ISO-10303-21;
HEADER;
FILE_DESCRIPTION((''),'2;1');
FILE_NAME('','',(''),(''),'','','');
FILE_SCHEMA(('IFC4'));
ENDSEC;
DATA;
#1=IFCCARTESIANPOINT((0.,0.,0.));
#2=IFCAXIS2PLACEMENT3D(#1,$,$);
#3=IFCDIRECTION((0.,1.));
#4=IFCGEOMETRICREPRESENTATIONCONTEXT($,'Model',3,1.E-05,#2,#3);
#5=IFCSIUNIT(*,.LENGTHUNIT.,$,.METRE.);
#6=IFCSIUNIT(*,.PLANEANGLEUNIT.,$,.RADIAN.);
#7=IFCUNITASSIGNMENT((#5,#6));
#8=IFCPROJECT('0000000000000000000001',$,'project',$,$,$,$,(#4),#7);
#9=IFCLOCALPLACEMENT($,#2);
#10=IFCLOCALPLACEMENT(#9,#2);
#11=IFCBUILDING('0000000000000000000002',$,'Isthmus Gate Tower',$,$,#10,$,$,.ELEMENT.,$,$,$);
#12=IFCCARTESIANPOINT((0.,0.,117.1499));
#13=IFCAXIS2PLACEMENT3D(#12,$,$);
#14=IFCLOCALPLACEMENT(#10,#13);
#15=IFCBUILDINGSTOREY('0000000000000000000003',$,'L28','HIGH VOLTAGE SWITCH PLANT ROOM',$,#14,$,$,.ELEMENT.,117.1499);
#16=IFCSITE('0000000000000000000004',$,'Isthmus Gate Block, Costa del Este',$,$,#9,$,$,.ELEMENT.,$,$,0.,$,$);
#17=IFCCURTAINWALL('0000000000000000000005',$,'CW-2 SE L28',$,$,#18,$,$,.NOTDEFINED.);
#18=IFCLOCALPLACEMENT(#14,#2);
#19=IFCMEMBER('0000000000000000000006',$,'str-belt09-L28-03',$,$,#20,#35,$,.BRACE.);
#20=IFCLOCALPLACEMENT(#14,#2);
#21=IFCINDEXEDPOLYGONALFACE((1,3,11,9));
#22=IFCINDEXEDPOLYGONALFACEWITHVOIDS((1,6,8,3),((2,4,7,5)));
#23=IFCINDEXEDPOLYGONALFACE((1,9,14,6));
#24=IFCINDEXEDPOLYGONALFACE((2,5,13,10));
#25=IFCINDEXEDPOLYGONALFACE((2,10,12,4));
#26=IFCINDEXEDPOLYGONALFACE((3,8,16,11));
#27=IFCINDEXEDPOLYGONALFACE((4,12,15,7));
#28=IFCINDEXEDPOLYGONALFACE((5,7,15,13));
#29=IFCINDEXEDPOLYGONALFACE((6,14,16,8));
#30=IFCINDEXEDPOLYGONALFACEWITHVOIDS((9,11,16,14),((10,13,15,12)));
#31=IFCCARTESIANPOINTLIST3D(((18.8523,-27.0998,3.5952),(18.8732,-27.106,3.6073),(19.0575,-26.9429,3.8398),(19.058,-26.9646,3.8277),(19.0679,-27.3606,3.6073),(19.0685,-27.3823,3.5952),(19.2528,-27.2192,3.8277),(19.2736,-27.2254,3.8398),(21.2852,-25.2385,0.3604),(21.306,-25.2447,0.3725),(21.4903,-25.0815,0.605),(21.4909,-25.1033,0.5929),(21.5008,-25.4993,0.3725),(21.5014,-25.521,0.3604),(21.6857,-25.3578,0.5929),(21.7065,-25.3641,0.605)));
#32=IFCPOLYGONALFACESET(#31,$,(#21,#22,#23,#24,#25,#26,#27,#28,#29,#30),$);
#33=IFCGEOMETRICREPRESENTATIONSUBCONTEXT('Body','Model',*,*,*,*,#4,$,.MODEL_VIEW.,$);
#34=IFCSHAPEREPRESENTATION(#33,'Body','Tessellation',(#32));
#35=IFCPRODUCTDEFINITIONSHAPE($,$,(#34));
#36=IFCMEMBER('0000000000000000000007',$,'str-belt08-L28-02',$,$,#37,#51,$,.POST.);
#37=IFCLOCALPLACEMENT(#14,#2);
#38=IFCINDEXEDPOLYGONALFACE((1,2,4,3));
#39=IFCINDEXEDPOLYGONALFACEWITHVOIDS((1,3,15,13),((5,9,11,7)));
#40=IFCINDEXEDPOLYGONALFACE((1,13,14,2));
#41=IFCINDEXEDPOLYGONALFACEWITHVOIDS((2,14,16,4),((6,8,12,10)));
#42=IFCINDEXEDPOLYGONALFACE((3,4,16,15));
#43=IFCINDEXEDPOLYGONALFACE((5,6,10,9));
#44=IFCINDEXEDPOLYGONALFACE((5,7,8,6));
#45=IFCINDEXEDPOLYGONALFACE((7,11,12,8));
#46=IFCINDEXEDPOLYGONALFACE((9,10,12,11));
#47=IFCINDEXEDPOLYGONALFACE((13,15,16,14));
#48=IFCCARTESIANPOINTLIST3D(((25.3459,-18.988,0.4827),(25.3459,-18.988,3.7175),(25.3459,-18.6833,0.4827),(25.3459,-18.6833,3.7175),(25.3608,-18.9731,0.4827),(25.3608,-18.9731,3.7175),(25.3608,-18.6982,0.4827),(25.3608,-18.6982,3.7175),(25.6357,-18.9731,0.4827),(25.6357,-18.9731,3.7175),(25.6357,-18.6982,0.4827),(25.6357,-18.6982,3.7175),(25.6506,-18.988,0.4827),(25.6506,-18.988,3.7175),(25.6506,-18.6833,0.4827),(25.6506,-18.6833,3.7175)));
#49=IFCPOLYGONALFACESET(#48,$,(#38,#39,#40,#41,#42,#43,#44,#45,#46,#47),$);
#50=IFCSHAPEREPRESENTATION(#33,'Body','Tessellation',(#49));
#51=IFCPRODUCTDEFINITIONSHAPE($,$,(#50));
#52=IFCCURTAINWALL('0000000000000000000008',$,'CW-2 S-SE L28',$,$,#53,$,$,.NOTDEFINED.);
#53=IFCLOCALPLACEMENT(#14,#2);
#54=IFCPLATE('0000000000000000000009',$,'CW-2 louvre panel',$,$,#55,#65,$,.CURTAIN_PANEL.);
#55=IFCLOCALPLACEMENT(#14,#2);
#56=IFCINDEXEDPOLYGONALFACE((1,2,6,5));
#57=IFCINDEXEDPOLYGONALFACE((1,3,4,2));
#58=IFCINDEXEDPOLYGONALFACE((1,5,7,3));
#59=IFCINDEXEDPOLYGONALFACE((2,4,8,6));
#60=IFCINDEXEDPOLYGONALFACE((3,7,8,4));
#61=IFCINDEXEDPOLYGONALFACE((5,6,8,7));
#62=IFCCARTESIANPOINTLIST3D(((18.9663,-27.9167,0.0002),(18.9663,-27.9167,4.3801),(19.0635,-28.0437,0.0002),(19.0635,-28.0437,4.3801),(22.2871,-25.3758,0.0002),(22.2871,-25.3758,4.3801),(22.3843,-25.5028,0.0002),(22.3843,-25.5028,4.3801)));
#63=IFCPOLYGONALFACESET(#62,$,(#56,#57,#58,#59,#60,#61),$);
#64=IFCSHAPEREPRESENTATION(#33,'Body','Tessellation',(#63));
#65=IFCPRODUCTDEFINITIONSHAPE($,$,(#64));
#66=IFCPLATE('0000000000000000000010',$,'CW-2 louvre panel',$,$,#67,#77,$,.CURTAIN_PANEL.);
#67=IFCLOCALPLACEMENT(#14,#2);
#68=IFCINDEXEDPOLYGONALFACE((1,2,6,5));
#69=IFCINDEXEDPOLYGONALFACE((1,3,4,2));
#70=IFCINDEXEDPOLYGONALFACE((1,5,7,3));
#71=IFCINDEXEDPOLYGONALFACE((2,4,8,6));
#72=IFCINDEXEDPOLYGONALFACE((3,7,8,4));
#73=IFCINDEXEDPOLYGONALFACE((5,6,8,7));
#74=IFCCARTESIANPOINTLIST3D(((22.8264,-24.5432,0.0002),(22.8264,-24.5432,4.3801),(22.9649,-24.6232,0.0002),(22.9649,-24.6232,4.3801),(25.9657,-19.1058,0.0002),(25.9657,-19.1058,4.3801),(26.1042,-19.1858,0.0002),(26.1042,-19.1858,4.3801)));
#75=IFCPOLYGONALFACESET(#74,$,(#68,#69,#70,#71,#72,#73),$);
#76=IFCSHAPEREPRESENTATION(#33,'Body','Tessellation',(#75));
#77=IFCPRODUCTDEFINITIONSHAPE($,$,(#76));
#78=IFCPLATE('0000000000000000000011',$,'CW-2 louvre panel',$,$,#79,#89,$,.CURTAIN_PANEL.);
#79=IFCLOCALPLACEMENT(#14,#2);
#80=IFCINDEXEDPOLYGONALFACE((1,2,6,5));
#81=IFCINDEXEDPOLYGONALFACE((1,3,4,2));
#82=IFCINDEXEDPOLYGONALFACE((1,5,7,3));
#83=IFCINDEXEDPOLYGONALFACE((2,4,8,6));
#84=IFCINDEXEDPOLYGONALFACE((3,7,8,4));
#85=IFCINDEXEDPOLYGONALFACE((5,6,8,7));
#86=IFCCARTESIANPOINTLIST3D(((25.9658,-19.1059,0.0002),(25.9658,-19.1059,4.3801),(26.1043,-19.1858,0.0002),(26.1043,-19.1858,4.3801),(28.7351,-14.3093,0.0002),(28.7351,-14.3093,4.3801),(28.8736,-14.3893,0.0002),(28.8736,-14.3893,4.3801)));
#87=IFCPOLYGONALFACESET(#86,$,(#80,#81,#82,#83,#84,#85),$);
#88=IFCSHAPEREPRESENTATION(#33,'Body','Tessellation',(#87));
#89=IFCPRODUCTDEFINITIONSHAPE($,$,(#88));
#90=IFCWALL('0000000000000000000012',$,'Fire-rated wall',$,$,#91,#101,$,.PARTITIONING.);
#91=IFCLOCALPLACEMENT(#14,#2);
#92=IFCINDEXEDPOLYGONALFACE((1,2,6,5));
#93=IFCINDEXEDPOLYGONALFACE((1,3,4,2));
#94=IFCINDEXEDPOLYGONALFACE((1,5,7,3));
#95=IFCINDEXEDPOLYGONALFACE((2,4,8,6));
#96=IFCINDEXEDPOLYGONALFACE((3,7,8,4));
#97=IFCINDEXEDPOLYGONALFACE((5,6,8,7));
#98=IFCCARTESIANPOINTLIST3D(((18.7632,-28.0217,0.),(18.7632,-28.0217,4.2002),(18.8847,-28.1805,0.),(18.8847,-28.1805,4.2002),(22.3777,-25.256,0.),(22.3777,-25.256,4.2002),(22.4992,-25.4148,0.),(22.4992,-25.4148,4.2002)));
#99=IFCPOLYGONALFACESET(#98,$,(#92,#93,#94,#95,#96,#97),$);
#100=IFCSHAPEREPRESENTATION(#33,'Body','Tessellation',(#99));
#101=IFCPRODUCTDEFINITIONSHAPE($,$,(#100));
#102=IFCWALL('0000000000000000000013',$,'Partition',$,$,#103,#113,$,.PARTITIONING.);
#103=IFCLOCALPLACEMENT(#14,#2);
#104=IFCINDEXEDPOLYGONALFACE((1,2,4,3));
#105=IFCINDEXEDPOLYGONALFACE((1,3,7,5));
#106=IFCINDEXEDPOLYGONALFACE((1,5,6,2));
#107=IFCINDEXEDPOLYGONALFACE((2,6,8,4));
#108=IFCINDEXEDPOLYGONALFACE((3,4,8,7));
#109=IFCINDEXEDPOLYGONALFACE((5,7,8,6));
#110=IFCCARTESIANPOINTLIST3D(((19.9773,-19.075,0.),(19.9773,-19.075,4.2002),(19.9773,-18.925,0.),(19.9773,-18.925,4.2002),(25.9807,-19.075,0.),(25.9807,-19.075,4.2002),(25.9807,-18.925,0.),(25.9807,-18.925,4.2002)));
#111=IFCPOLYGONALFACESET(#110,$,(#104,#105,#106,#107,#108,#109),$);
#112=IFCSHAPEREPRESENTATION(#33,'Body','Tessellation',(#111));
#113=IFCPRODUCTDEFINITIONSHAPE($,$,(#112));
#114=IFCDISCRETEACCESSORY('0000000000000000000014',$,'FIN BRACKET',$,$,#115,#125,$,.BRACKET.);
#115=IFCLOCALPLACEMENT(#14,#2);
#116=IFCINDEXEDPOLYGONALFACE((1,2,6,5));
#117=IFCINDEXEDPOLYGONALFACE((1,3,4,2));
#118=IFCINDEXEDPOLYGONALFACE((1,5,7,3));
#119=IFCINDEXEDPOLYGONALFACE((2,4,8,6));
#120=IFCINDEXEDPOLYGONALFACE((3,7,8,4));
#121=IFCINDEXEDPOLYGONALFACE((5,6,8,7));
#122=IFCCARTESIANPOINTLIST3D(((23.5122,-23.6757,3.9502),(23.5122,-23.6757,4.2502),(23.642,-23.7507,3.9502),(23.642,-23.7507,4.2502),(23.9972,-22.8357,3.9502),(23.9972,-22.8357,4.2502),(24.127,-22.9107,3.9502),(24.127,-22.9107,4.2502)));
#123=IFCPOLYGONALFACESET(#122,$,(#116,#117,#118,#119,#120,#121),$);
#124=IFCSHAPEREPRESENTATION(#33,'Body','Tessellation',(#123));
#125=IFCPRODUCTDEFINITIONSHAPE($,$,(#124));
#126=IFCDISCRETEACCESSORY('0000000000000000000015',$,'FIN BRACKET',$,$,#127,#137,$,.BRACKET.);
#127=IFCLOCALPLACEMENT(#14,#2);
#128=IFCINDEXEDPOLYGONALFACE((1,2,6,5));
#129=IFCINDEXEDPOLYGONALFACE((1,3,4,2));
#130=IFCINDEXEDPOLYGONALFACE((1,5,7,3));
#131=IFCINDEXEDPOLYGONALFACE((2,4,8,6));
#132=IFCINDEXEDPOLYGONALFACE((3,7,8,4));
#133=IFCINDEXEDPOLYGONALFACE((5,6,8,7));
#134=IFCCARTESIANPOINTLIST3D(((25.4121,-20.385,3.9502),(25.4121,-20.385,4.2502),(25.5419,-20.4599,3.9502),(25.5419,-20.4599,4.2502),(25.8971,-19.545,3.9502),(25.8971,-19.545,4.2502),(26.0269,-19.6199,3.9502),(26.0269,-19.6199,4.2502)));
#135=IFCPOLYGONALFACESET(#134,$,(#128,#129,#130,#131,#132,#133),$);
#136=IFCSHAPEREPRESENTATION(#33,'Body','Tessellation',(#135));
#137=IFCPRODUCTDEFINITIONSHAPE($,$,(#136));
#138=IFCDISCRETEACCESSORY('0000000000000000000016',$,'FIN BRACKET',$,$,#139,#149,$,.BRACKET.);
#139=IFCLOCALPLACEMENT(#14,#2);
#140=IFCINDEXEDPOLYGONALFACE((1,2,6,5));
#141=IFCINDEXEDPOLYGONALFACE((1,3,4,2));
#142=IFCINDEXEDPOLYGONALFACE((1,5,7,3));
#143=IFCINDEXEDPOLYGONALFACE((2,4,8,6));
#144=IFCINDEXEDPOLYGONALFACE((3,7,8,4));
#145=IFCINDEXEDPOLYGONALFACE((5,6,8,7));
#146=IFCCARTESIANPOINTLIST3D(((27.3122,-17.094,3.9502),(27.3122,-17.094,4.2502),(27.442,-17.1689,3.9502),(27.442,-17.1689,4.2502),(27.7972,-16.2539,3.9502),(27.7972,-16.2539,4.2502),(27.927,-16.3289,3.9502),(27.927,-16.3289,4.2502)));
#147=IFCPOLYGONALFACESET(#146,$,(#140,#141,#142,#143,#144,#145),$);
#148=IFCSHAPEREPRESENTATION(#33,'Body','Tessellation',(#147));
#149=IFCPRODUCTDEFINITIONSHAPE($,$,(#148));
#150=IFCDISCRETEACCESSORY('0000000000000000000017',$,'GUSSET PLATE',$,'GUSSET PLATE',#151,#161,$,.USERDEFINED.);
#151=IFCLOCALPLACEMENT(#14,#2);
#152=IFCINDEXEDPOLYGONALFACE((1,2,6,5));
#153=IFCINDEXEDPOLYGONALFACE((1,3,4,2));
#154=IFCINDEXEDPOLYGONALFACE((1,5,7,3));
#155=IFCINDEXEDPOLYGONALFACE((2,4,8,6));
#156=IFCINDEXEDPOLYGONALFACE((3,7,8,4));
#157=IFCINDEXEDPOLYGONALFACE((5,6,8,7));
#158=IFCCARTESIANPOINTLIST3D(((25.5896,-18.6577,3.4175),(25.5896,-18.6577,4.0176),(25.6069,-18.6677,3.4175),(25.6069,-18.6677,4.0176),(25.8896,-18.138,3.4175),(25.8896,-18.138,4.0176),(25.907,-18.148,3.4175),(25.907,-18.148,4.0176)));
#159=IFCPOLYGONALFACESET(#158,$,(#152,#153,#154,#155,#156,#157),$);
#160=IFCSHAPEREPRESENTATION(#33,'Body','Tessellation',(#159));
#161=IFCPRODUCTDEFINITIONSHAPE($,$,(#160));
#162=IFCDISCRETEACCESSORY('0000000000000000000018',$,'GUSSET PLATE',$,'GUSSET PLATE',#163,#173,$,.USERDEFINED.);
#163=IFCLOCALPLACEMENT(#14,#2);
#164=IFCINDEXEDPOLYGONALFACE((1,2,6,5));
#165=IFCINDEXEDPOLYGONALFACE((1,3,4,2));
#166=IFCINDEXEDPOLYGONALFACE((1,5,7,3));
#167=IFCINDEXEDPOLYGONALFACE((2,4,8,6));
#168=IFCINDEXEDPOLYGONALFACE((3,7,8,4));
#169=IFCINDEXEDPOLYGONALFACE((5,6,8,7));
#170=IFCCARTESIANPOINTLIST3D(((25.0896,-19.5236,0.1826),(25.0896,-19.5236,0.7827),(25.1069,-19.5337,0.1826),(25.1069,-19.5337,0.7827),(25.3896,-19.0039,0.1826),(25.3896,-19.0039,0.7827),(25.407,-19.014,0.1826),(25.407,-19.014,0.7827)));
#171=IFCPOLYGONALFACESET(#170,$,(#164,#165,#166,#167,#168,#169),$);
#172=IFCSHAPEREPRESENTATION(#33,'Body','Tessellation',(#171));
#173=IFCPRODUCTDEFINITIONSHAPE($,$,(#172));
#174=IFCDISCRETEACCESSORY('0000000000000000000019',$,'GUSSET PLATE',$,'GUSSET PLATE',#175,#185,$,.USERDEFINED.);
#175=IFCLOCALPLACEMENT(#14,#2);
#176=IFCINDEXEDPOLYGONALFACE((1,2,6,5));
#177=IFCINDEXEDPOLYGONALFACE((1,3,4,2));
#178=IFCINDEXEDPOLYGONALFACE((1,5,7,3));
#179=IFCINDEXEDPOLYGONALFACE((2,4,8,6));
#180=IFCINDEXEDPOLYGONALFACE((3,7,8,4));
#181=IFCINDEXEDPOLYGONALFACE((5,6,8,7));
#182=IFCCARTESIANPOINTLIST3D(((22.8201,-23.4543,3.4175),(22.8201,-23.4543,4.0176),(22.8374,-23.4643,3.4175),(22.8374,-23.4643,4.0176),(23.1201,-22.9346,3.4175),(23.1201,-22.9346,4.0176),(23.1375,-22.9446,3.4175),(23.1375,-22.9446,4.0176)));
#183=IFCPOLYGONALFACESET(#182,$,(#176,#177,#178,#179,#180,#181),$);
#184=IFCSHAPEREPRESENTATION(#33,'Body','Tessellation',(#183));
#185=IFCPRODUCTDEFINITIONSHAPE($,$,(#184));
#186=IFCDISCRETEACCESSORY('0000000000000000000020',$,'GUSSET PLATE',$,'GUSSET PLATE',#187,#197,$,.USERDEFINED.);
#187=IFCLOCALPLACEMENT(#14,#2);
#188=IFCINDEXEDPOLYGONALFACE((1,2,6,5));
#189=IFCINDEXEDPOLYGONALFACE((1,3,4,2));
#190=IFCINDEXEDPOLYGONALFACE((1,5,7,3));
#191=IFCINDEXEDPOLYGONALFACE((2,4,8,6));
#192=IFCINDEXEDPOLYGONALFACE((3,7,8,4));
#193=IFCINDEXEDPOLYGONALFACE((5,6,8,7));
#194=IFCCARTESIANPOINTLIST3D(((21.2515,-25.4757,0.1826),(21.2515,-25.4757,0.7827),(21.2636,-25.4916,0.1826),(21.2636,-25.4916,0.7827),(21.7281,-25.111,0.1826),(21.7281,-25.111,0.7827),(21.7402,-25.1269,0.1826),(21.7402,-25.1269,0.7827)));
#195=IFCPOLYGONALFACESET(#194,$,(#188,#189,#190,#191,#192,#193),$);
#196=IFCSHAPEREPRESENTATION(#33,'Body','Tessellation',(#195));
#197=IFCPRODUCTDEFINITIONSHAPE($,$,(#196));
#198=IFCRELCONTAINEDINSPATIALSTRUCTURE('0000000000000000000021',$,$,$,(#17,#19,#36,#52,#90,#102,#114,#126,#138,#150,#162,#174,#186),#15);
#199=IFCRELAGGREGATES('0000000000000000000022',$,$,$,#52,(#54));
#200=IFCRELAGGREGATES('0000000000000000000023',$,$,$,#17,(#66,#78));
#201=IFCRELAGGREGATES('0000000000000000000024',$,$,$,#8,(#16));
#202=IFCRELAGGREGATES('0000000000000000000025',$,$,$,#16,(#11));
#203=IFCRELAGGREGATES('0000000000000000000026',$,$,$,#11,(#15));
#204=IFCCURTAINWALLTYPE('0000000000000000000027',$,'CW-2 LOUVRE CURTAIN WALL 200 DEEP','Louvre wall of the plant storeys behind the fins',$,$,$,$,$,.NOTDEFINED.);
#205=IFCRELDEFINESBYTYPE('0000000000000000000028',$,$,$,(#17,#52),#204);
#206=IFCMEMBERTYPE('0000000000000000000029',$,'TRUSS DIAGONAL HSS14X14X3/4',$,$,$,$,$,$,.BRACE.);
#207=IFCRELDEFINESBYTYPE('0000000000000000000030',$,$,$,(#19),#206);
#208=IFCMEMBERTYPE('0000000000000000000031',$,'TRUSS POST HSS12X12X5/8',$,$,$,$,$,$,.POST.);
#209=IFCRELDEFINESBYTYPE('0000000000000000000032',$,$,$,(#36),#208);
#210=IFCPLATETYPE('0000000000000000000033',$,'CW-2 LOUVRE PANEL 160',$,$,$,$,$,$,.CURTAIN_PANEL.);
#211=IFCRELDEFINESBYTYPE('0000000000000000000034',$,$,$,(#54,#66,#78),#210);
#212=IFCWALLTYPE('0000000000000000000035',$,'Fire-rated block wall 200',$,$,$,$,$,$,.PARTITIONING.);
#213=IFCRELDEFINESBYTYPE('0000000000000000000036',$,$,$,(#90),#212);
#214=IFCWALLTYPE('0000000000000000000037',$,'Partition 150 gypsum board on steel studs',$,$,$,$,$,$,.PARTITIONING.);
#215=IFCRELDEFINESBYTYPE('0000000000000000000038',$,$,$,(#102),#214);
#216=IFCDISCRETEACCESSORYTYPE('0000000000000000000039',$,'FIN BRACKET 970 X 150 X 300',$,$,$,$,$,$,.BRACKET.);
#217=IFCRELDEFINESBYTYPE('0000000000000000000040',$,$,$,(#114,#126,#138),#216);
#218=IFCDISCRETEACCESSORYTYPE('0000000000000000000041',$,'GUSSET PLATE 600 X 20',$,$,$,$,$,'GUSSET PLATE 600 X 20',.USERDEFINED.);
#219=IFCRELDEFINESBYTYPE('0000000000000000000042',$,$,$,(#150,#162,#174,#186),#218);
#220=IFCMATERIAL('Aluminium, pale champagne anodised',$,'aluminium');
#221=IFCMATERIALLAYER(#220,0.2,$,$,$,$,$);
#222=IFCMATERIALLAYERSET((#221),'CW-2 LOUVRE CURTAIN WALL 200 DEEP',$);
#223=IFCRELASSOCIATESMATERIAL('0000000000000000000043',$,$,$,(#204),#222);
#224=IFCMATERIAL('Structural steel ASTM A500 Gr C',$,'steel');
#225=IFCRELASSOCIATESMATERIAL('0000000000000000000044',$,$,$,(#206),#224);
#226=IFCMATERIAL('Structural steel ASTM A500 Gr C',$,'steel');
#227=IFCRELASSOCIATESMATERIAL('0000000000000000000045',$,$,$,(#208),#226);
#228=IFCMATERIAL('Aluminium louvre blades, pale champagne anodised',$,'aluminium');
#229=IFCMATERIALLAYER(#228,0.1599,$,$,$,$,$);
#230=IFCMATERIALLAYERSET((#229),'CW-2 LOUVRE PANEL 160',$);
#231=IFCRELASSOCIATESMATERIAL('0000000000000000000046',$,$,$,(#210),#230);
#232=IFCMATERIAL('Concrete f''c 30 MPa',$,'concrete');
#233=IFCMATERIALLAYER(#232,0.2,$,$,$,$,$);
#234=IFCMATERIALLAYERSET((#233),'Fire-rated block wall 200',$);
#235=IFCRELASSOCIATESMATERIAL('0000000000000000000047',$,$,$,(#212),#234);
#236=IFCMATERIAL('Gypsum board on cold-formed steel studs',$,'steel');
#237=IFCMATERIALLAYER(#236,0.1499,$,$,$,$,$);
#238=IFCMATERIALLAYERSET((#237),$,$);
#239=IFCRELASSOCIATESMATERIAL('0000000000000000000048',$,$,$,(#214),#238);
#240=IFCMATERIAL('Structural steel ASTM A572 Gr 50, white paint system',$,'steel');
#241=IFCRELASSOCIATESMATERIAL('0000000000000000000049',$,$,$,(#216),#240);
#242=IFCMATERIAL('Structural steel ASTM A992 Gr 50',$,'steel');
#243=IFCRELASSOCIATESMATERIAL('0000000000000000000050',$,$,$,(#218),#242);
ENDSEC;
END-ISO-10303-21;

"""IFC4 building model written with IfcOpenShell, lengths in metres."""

from ifc_helpers import new_model, si_unit, direction, frame, frame_2d, origin, origin_2d, place, context, subcontext, project, spatial, rectangle, hollow_rectangle, extrude, material, layer, layer_set, material_profile, profile_set, type_object, element, aggregate, save


model = new_model("IFC4")

# Units and contexts
model_context = context("Model", 3, precision=1e-05, world=origin(), true_north=direction((0.0, 1.0)))
body_context = subcontext(model_context, "Body", "Model", "MODEL_VIEW")
ifc_project = project(units=[si_unit("LENGTHUNIT", "METRE"), si_unit("PLANEANGLEUNIT", "RADIAN")], contexts=[model_context])

# Site, building, storey
site_placement = place(None, origin())
site = spatial("IfcSite", under=ifc_project, at=site_placement, Name="Isthmus Gate Block, Costa del Este", CompositionType="ELEMENT", RefElevation=0.0)
building_placement = place(site_placement, origin())
building = spatial("IfcBuilding", under=site, at=building_placement, Name="Isthmus Gate Tower", CompositionType="ELEMENT")
storey_placement = place(building_placement, frame((0.0, 0.0, 117.1499)))
storey = spatial("IfcBuildingStorey", under=building, at=storey_placement, Name="L28", Description="HIGH VOLTAGE SWITCH PLANT ROOM", CompositionType="ELEMENT", Elevation=117.1499)

# Curtain wall
ifc_material_1 = material(Name="Aluminium, pale champagne anodised", Category="aluminium")
ifc_layer_1 = layer(ifc_material_1, 0.2)
ifc_layer_set_1 = layer_set([ifc_layer_1], Name="CW-2 LOUVRE CURTAIN WALL 200 DEEP")
curtain_wall_type = type_object("IfcCurtainWallType", Name="CW-2 LOUVRE CURTAIN WALL 200 DEEP", Description="Louvre wall of the plant storeys behind the fins", PredefinedType="NOTDEFINED", material=ifc_layer_set_1)
curtain_wall_1_placement = place(storey_placement, origin())
curtain_wall_1 = element("IfcCurtainWall", 1, at=curtain_wall_1_placement, inside=storey, type_object=curtain_wall_type, Name="CW-2 SE L28", PredefinedType="NOTDEFINED")

# Members
ifc_material_2 = material(Name="Structural steel ASTM A500 Gr C", Category="steel")
ifc_material_profile_1 = material_profile(ifc_material_2, hollow_rectangle(XDim=0.3557, YDim=0.3557, WallThickness=0.0176, at=origin_2d()), Name="HSS14X14X3/4")
ifc_profile_set_1 = profile_set([ifc_material_profile_1], Name="Structural steel ASTM A500 Gr C")
member_type_1 = type_object("IfcMemberType", Name="TRUSS DIAGONAL HSS14X14X3/4", PredefinedType="BRACE", material=ifc_profile_set_1)
member_1_placement = place(storey_placement, frame((21.4958, -25.3013, 0.4827), z_axis=(-0.546088, -0.417799, 0.726107), x_axis=(0.607636, -0.794215, 0.0)))
element("IfcMember", 2, at=member_1_placement, inside=storey, type_object=member_type_1, Name="str-belt09-L28-03", PredefinedType="BRACE", context=body_context, shape_type="SweptSolid", body=[
    extrude(hollow_rectangle(XDim=0.3557, YDim=0.3557, WallThickness=0.0176, at=origin_2d()), origin(), (0.0, 0.0, 1.0), 4.4551),
])
ifc_material_3 = material(Name="Structural steel ASTM A500 Gr C", Category="steel")
ifc_material_profile_2 = material_profile(ifc_material_3, hollow_rectangle(XDim=0.3047, YDim=0.3047, WallThickness=0.0149, at=origin_2d()), Name="HSS12X12X5/8")
ifc_profile_set_2 = profile_set([ifc_material_profile_2], Name="Structural steel ASTM A500 Gr C")
member_type_2 = type_object("IfcMemberType", Name="TRUSS POST HSS12X12X5/8", PredefinedType="POST", material=ifc_profile_set_2)
member_2_placement = place(storey_placement, frame((25.4983, -18.8357, 0.4827), z_axis=(0.0, 0.0, 1.0), x_axis=(1.0, 0.0, 0.0)))
element("IfcMember", 3, at=member_2_placement, inside=storey, type_object=member_type_2, Name="str-belt08-L28-02", PredefinedType="POST", context=body_context, shape_type="SweptSolid", body=[
    extrude(hollow_rectangle(XDim=0.3047, YDim=0.3047, WallThickness=0.0149, at=origin_2d()), origin(), (0.0, 0.0, 1.0), 3.2349),
])

# Curtain wall, plate
curtain_wall_2_placement = place(storey_placement, origin())
curtain_wall_2 = element("IfcCurtainWall", 4, at=curtain_wall_2_placement, inside=storey, type_object=curtain_wall_type, Name="CW-2 S-SE L28", PredefinedType="NOTDEFINED")
ifc_material_4 = material(Name="Aluminium louvre blades, pale champagne anodised", Category="aluminium")
ifc_layer_2 = layer(ifc_material_4, 0.1599)
ifc_layer_set_2 = layer_set([ifc_layer_2], Name="CW-2 LOUVRE PANEL 160")
plate_type = type_object("IfcPlateType", Name="CW-2 LOUVRE PANEL 160", PredefinedType="CURTAIN_PANEL", material=ifc_layer_set_2)
plate_1_placement = place(storey_placement, frame((20.6753, -26.7097, 0.0002), z_axis=(0.0, 0.0, 1.0), x_axis=(0.794189, 0.607671, 0.0)))
plate_1 = element("IfcPlate", 5, at=plate_1_placement, type_object=plate_type, Name="CW-2 louvre panel", PredefinedType="CURTAIN_PANEL", context=body_context, shape_type="SweptSolid", body=[
    extrude(rectangle(XDim=4.1814, YDim=0.1599, at=origin_2d()), origin(), (0.0, 0.0, 1.0), 4.3799),
])
aggregate(curtain_wall_2, [plate_1])

# Plates
plate_2_placement = place(storey_placement, frame((24.4653, -21.8645, 0.0002), z_axis=(0.0, 0.0, 1.0), x_axis=(0.5, 0.866025, 0.0)))
plate_2 = element("IfcPlate", 6, at=plate_2_placement, type_object=plate_type, Name="CW-2 louvre panel", PredefinedType="CURTAIN_PANEL", context=body_context, shape_type="SweptSolid", body=[
    extrude(rectangle(XDim=6.2786, YDim=0.1599, at=origin_2d()), origin(), (0.0, 0.0, 1.0), 4.3799),
])
plate_3_placement = place(storey_placement, frame((27.4197, -16.7476, 0.0002), z_axis=(0.0, 0.0, 1.0), x_axis=(0.5, 0.866025, 0.0)))
plate_3 = element("IfcPlate", 7, at=plate_3_placement, type_object=plate_type, Name="CW-2 louvre panel", PredefinedType="CURTAIN_PANEL", context=body_context, shape_type="SweptSolid", body=[
    extrude(rectangle(XDim=5.5386, YDim=0.1599, at=origin_2d()), origin(), (0.0, 0.0, 1.0), 4.3799),
])
aggregate(curtain_wall_1, [plate_2, plate_3])

# Walls
ifc_material_5 = material(Name="Concrete f'c 30 MPa", Category="concrete")
ifc_layer_3 = layer(ifc_material_5, 0.2)
ifc_layer_set_3 = layer_set([ifc_layer_3], Name="Fire-rated block wall 200")
wall_type_1 = type_object("IfcWallType", Name="Fire-rated block wall 200", PredefinedType="PARTITIONING", material=ifc_layer_set_3)
wall_1_placement = place(storey_placement, frame((22.4385, -25.3354, 0.0), z_axis=(0.0, 0.0, 1.0), x_axis=(-0.794189, -0.607671, 0.0)))
element("IfcWall", 8, at=wall_1_placement, inside=storey, type_object=wall_type_1, Name="Fire-rated wall", PredefinedType="PARTITIONING", context=body_context, shape_type="SweptSolid", body=[
    extrude(rectangle(XDim=4.5513, YDim=0.2, at=frame_2d((2.2756, 0.0))), origin(), (0.0, 0.0, 1.0), 4.2002),
])
ifc_material_6 = material(Name="Gypsum board on cold-formed steel studs", Category="steel")
ifc_layer_4 = layer(ifc_material_6, 0.1499)
ifc_layer_set_4 = layer_set([ifc_layer_4])
wall_type_2 = type_object("IfcWallType", Name="Partition 150 gypsum board on steel studs", PredefinedType="PARTITIONING", material=ifc_layer_set_4)
wall_2_placement = place(storey_placement, frame((19.9773, -19.0, 0.0), z_axis=(0.0, 0.0, 1.0), x_axis=(1.0, 0.0, 0.0)))
element("IfcWall", 9, at=wall_2_placement, inside=storey, type_object=wall_type_2, Name="Partition", PredefinedType="PARTITIONING", context=body_context, shape_type="SweptSolid", body=[
    extrude(rectangle(XDim=6.0034, YDim=0.1499, at=frame_2d((3.0017, 0.0))), origin(), (0.0, 0.0, 1.0), 4.2002),
])

# Discrete accessories
ifc_material_7 = material(Name="Structural steel ASTM A572 Gr 50, white paint system", Category="steel")
discrete_accessory_type_1 = type_object("IfcDiscreteAccessoryType", Name="FIN BRACKET 970 X 150 X 300", PredefinedType="BRACKET", material=ifc_material_7)
for number, where, z_axis, x_axis, name in (
    (10, (23.8196, -23.2932, 3.9502), (0.0, 0.0, 1.0), (0.866025, -0.5, 0.0), "FIN BRACKET"),
    (11, (25.7195, -20.0024, 3.9502), (0.0, 0.0, 1.0), (0.866025, -0.5, 0.0), "FIN BRACKET"),
    (12, (27.6196, -16.7114, 3.9502), (0.0, 0.0, 1.0), (0.866025, -0.5, 0.0), "FIN BRACKET"),
):
    element("IfcDiscreteAccessory", number, at=place(storey_placement, frame(where, z_axis=z_axis, x_axis=x_axis)), inside=storey, type_object=discrete_accessory_type_1, Name=name, PredefinedType="BRACKET", context=body_context, shape_type="SweptSolid", body=[
        extrude(rectangle(XDim=0.1499, YDim=0.97, at=origin_2d()), origin(), (0.0, 0.0, 1.0), 0.3),
    ])
ifc_material_8 = material(Name="Structural steel ASTM A992 Gr 50", Category="steel")
discrete_accessory_type_2 = type_object("IfcDiscreteAccessoryType", Name="GUSSET PLATE 600 X 20", ElementType="GUSSET PLATE 600 X 20", PredefinedType="USERDEFINED", material=ifc_material_8)
for number, where, z_axis, x_axis, name in (
    (13, (25.7483, -18.4028, 3.4175), (0.0, 0.0, 1.0), (-0.5, -0.866025, 0.0), "GUSSET PLATE"),
    (14, (25.2483, -19.2688, 0.1826), (0.0, 0.0, 1.0), (-0.5, -0.866025, 0.0), "GUSSET PLATE"),
    (15, (22.9788, -23.1995, 3.4175), (0.0, 0.0, 1.0), (-0.5, -0.866025, 0.0), "GUSSET PLATE"),
    (16, (21.4958, -25.3013, 0.1826), (0.0, 0.0, 1.0), (-0.794189, -0.607671, 0.0), "GUSSET PLATE"),
):
    element("IfcDiscreteAccessory", number, at=place(storey_placement, frame(where, z_axis=z_axis, x_axis=x_axis)), inside=storey, type_object=discrete_accessory_type_2, Name=name, ObjectType="GUSSET PLATE", PredefinedType="USERDEFINED", context=body_context, shape_type="SweptSolid", body=[
        extrude(rectangle(XDim=0.6001, YDim=0.02, at=origin_2d()), origin(), (0.0, 0.0, 1.0), 0.6001),
    ])

save(model, "model.ifc")
